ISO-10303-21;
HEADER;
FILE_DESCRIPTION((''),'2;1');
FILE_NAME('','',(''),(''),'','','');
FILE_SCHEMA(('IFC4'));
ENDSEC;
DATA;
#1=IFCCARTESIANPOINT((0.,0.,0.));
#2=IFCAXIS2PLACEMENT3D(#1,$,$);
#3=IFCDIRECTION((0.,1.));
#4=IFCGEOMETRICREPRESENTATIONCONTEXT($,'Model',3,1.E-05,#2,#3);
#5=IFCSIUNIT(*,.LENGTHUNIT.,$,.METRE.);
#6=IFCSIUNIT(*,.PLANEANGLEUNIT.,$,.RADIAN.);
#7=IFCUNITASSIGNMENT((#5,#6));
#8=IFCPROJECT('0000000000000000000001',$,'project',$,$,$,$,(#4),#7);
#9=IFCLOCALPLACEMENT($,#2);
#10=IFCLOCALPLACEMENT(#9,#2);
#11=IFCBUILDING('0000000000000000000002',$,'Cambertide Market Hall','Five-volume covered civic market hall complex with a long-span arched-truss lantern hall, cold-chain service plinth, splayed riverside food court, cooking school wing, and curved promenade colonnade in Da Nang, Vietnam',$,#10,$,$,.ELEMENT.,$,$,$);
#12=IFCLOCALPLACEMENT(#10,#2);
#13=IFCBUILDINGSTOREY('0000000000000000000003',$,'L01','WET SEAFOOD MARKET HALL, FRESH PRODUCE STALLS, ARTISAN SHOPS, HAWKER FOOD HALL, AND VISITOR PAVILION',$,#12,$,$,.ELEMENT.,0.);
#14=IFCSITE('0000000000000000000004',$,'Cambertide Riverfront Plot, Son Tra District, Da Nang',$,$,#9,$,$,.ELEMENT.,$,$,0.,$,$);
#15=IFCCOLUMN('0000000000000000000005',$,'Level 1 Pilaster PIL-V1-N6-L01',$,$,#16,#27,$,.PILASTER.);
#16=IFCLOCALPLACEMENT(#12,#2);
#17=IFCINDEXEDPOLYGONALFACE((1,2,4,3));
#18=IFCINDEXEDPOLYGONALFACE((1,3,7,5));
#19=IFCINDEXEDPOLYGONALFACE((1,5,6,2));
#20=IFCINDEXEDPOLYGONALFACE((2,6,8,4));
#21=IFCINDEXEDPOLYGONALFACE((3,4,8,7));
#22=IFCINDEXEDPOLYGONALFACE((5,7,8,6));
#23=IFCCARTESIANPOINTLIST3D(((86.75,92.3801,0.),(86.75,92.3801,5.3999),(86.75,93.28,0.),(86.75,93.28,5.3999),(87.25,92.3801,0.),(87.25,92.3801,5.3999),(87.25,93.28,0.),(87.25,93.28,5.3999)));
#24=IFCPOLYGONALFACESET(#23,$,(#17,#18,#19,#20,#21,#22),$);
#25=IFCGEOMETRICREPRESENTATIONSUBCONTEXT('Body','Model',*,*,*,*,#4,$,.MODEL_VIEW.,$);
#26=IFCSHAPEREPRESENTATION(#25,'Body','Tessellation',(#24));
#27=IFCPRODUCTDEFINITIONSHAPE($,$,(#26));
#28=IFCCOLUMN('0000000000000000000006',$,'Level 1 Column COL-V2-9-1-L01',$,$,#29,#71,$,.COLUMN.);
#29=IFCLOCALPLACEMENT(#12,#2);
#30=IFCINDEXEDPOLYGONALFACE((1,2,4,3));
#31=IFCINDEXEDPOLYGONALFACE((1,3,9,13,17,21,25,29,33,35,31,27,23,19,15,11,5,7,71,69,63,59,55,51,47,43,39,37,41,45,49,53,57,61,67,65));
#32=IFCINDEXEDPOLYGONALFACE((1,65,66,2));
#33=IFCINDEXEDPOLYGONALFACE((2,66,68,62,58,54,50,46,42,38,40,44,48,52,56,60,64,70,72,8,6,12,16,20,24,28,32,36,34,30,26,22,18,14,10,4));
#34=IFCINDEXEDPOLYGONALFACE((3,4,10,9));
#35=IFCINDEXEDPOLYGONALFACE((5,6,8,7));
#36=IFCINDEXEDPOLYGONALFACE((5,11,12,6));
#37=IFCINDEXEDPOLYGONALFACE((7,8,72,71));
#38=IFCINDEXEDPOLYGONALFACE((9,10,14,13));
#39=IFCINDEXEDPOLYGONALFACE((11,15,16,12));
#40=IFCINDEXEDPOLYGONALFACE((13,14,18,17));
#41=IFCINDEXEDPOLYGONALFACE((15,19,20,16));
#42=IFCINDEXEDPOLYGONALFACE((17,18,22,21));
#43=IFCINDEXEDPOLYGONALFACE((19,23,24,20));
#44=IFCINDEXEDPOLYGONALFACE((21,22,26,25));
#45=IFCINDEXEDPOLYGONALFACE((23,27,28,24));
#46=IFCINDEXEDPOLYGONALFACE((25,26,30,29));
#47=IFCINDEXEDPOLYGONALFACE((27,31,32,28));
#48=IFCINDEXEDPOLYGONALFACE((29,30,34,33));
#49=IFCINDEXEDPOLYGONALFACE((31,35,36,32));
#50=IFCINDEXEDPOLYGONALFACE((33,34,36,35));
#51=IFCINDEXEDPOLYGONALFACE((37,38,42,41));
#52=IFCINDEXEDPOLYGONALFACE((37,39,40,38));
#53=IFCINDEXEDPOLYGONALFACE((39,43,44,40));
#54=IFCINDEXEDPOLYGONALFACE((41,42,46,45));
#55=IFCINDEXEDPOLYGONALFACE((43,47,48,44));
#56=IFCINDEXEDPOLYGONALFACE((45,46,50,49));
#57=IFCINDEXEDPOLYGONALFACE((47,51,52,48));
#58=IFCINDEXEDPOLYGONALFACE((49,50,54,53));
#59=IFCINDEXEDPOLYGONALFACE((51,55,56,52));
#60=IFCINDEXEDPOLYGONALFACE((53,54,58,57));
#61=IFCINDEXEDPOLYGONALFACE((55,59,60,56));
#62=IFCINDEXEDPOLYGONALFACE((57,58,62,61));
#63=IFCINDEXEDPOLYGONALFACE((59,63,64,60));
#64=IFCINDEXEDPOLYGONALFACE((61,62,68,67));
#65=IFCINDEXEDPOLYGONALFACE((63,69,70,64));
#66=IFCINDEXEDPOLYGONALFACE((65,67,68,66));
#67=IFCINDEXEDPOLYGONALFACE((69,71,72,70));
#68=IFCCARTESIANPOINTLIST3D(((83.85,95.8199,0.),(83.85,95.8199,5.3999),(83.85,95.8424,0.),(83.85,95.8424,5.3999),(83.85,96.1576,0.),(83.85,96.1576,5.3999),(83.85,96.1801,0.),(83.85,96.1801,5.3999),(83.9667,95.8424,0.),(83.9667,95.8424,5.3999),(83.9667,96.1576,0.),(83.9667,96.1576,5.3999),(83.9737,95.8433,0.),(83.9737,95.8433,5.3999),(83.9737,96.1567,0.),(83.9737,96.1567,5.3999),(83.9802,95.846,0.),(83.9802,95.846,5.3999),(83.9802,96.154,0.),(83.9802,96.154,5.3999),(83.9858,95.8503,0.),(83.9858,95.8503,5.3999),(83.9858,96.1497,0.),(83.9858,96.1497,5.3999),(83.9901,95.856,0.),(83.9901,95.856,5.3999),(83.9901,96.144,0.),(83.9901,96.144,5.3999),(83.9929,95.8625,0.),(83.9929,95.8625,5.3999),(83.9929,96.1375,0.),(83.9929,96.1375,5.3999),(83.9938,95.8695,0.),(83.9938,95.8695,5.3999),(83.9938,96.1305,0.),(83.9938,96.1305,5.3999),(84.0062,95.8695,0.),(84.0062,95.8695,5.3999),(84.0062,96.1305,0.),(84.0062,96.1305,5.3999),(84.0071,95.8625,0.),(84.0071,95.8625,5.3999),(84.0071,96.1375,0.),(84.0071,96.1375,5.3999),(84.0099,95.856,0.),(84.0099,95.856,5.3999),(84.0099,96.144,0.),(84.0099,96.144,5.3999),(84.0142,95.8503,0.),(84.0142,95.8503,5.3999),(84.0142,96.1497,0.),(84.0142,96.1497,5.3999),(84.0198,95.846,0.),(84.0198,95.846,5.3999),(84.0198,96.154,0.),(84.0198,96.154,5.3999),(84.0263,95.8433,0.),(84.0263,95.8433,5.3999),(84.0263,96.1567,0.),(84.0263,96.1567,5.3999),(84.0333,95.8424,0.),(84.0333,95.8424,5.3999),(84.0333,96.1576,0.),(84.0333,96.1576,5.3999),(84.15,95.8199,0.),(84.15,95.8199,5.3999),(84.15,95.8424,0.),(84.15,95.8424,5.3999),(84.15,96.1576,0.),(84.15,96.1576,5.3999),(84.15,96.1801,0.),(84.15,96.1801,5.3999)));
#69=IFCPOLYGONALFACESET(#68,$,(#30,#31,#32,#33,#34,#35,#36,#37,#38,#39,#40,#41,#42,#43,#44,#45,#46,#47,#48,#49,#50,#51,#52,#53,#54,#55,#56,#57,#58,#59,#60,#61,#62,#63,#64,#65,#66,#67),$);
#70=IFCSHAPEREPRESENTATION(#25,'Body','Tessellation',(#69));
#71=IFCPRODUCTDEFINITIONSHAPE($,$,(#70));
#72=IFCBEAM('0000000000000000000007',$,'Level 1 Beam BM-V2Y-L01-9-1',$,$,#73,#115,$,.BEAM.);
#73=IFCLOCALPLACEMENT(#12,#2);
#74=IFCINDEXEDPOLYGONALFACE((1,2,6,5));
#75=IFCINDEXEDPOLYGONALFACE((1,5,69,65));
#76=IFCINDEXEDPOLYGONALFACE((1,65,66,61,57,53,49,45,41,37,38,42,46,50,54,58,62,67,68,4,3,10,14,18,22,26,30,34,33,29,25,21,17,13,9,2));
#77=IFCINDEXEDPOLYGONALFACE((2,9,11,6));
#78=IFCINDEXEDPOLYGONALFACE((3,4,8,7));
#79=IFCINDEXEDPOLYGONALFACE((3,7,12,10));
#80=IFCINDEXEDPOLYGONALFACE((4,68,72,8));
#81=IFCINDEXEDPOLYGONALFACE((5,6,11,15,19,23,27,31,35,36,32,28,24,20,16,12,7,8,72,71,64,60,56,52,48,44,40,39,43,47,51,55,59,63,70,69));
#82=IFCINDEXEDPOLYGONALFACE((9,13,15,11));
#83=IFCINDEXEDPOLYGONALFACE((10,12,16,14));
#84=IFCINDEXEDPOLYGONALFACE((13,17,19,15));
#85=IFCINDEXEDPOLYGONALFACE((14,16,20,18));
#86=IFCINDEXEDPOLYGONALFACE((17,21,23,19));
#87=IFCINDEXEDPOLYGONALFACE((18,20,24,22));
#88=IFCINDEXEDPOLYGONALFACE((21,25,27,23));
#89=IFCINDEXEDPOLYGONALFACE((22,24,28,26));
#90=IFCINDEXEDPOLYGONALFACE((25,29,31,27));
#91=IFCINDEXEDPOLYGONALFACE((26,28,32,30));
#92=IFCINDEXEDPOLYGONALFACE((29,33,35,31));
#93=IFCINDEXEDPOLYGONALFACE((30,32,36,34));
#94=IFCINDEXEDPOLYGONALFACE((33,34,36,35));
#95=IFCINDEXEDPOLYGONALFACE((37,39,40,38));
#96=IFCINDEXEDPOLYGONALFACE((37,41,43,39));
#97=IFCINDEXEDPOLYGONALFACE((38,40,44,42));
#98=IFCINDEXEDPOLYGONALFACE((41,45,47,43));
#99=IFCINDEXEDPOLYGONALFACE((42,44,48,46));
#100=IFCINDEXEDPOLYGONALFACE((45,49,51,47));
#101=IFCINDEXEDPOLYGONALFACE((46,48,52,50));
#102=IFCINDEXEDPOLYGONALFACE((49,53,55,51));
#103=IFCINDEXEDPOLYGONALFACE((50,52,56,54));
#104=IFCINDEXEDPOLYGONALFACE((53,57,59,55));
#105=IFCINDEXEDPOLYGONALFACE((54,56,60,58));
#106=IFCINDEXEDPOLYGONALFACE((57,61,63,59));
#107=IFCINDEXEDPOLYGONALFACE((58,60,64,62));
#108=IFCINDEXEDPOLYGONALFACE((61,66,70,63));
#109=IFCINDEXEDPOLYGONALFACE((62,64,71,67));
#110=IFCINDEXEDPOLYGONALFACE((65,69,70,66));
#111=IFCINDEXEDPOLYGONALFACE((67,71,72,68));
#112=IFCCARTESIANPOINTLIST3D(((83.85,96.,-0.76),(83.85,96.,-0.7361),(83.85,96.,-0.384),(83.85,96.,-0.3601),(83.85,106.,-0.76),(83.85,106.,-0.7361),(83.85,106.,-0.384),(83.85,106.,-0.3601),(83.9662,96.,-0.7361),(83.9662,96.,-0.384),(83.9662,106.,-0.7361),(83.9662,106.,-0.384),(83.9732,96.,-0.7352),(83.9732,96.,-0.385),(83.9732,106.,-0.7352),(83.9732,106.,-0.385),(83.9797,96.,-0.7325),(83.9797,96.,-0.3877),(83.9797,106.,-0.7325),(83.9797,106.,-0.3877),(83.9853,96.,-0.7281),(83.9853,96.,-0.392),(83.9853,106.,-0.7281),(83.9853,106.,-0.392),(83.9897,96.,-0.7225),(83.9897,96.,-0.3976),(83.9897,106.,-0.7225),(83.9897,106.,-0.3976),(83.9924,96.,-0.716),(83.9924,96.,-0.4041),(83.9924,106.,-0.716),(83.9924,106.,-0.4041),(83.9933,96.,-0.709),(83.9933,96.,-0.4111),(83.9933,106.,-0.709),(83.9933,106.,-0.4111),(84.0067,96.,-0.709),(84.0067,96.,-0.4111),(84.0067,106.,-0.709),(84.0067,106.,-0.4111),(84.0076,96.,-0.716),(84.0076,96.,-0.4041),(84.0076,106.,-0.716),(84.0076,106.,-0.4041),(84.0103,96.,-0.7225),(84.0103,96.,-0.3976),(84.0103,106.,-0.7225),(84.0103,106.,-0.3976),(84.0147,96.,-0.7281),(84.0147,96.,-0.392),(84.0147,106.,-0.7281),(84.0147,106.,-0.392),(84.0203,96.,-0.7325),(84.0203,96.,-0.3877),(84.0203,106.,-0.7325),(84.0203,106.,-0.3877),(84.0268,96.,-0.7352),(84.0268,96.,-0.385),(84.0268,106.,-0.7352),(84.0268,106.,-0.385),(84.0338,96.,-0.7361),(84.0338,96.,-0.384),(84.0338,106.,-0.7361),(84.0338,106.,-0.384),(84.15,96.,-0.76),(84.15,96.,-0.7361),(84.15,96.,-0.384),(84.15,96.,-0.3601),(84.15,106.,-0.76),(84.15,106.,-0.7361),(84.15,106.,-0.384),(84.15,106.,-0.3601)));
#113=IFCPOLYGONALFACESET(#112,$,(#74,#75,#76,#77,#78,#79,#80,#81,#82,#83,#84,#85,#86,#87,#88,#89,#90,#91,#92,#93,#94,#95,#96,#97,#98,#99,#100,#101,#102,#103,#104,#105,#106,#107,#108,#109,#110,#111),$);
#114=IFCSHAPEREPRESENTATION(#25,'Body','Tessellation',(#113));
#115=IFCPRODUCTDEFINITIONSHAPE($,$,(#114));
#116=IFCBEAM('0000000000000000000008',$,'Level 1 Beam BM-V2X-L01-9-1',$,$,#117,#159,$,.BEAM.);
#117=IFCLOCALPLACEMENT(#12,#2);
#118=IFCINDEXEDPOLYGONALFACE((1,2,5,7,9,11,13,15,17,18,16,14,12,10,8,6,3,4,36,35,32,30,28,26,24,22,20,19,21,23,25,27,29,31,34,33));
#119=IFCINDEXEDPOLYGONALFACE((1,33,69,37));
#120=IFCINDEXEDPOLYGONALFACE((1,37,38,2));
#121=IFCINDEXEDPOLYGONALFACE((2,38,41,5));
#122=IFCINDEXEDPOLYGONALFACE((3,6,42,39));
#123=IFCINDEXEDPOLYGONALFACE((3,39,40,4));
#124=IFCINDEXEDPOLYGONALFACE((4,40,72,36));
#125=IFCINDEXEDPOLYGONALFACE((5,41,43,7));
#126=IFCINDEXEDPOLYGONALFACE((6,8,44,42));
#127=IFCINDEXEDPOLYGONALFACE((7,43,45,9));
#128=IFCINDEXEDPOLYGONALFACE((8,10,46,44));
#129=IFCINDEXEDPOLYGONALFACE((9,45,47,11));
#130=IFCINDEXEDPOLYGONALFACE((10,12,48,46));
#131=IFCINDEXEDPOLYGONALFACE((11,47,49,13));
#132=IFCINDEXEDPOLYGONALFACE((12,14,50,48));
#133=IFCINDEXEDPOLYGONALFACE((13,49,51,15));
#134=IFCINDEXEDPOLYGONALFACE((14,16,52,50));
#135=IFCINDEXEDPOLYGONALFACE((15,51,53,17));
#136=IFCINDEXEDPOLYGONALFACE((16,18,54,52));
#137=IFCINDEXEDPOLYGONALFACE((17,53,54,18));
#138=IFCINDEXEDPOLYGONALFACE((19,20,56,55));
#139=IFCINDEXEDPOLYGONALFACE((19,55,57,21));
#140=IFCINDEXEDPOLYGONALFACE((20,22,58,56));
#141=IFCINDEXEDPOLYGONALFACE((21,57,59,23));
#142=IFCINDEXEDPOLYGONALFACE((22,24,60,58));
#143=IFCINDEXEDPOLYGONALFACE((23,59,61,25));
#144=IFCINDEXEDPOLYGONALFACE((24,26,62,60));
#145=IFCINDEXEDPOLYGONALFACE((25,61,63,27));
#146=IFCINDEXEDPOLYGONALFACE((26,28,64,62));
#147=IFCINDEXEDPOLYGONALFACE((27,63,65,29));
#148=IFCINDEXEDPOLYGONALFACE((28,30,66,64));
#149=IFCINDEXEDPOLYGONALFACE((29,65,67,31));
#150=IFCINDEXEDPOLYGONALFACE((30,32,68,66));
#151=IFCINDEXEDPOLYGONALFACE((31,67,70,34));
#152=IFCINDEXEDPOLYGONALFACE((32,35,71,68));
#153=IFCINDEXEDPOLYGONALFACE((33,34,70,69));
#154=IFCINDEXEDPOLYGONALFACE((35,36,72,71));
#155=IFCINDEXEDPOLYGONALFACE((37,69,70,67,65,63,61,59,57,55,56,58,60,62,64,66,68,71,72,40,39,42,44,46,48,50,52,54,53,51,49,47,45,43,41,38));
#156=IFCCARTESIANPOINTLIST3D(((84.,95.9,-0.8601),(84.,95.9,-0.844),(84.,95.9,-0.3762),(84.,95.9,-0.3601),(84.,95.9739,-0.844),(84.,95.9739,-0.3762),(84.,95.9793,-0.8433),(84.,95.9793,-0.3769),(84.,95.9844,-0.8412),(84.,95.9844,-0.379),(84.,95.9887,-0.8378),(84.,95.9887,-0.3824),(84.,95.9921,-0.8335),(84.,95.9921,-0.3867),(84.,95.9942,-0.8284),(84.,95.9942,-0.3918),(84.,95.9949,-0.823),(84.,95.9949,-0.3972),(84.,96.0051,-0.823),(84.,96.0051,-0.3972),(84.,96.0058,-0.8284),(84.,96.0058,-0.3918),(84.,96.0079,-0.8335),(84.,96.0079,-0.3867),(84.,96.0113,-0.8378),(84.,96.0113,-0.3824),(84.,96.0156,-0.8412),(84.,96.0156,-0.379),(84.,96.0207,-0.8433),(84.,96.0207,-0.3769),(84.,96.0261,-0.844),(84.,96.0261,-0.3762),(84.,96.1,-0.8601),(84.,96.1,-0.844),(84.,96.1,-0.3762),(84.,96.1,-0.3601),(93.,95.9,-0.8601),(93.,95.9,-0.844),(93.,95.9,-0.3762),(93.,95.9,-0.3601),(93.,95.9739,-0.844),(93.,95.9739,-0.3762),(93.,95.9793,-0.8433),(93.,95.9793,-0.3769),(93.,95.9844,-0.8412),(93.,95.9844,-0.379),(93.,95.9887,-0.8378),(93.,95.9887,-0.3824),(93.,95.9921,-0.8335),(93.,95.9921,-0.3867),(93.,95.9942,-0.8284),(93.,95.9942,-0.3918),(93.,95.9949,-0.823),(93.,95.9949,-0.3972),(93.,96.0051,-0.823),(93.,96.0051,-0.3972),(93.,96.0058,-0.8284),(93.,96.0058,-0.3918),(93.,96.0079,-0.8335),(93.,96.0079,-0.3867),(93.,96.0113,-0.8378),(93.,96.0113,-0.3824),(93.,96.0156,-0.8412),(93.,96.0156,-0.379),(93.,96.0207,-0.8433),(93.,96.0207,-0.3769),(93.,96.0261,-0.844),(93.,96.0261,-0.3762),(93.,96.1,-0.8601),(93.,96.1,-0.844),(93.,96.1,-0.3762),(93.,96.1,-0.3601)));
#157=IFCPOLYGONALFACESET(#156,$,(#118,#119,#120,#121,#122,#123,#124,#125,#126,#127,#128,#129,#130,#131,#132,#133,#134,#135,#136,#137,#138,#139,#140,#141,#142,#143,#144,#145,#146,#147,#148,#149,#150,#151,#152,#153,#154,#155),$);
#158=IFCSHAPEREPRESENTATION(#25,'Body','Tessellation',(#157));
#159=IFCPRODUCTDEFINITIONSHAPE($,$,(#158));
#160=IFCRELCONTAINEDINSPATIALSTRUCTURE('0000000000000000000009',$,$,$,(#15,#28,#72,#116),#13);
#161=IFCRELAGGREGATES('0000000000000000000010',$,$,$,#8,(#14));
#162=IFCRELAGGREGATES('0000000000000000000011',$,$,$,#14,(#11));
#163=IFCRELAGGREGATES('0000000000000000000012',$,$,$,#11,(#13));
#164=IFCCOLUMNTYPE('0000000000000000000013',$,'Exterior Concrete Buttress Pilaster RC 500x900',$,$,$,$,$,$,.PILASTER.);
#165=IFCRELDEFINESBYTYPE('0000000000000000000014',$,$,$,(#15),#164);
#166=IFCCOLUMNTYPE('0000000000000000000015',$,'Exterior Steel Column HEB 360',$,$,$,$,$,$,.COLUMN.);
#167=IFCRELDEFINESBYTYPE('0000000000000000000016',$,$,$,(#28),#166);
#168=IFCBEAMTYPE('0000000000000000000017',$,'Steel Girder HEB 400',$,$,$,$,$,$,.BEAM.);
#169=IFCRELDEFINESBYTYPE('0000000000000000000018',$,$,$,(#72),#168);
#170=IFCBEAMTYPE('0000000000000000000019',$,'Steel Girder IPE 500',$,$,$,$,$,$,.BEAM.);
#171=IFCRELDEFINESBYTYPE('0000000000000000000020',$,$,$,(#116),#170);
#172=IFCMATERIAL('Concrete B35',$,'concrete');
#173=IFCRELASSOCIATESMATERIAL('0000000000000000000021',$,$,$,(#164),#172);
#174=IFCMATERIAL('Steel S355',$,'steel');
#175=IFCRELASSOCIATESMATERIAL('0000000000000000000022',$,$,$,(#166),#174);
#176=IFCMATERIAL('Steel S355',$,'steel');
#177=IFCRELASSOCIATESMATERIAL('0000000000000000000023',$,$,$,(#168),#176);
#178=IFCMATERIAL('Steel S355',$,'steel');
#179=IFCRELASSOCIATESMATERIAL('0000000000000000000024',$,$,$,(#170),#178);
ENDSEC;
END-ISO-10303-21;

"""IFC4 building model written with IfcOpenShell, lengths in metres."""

from ifc_helpers import new_model, si_unit, direction, frame, origin, origin_2d, place, context, subcontext, project, spatial, rectangle, i_section, extrude, material, material_profile, profile_set, type_object, element, save


model = new_model("IFC4")

# Units and contexts
model_context = context("Model", 3, precision=1e-05, world=origin(), true_north=direction((0.0, 1.0)))
body_context = subcontext(model_context, "Body", "Model", "MODEL_VIEW")
ifc_project = project(units=[si_unit("LENGTHUNIT", "METRE"), si_unit("PLANEANGLEUNIT", "RADIAN")], contexts=[model_context])

# Site, building, storey
site_placement = place(None, origin())
site = spatial("IfcSite", under=ifc_project, at=site_placement, Name="Cambertide Riverfront Plot, Son Tra District, Da Nang", CompositionType="ELEMENT", RefElevation=0.0)
building_placement = place(site_placement, origin())
building = spatial("IfcBuilding", under=site, at=building_placement, Name="Cambertide Market Hall", Description="Five-volume covered civic market hall complex with a long-span arched-truss lantern hall, cold-chain service plinth, splayed riverside food court, cooking school wing, and curved promenade colonnade in Da Nang, Vietnam", CompositionType="ELEMENT")
storey_placement = place(building_placement, origin())
storey = spatial("IfcBuildingStorey", under=building, at=storey_placement, Name="L01", Description="WET SEAFOOD MARKET HALL, FRESH PRODUCE STALLS, ARTISAN SHOPS, HAWKER FOOD HALL, AND VISITOR PAVILION", CompositionType="ELEMENT", Elevation=0.0)

# Columns
ifc_material_1 = material(Name="Concrete B35", Category="concrete")
ifc_material_profile_1 = material_profile(ifc_material_1, rectangle(XDim=0.5, YDim=0.8999, at=origin_2d()), Name="RC 500x900")
ifc_profile_set_1 = profile_set([ifc_material_profile_1], Name="Concrete B35")
column_type_1 = type_object("IfcColumnType", Name="Exterior Concrete Buttress Pilaster RC 500x900", PredefinedType="PILASTER", material=ifc_profile_set_1)
column_1_placement = place(storey_placement, frame((87.0, 92.8301, 0.0), z_axis=(0.0, 0.0, 1.0), x_axis=(1.0, 0.0, 0.0)))
element("IfcColumn", 1, at=column_1_placement, inside=storey, type_object=column_type_1, Name="Level 1 Pilaster PIL-V1-N6-L01", PredefinedType="PILASTER", context=body_context, shape_type="SweptSolid", body=[
    extrude(rectangle(XDim=0.5, YDim=0.8999, at=origin_2d()), origin(), (0.0, 0.0, 1.0), 5.3999),
])
ifc_material_2 = material(Name="Steel S355", Category="steel")
ifc_material_profile_2 = material_profile(ifc_material_2, i_section(OverallWidth=0.3, OverallDepth=0.3601, WebThickness=0.0125, FlangeThickness=0.0225, FilletRadius=0.0271, at=origin_2d()), Name="HEB 360")
ifc_profile_set_2 = profile_set([ifc_material_profile_2], Name="Steel S355")
column_type_2 = type_object("IfcColumnType", Name="Exterior Steel Column HEB 360", PredefinedType="COLUMN", material=ifc_profile_set_2)
column_2_placement = place(storey_placement, frame((84.0, 96.0, 0.0), z_axis=(0.0, 0.0, 1.0), x_axis=(1.0, 0.0, 0.0)))
element("IfcColumn", 2, at=column_2_placement, inside=storey, type_object=column_type_2, Name="Level 1 Column COL-V2-9-1-L01", PredefinedType="COLUMN", context=body_context, shape_type="SweptSolid", body=[
    extrude(i_section(OverallWidth=0.3, OverallDepth=0.3601, WebThickness=0.0125, FlangeThickness=0.0225, FilletRadius=0.0271, at=origin_2d()), origin(), (0.0, 0.0, 1.0), 5.3999),
])

# Beams
ifc_material_3 = material(Name="Steel S355", Category="steel")
ifc_material_profile_3 = material_profile(ifc_material_3, i_section(OverallWidth=0.3, OverallDepth=0.3999, WebThickness=0.0134, FlangeThickness=0.0239, FilletRadius=0.0271, at=origin_2d()), Name="HEB 400")
ifc_profile_set_3 = profile_set([ifc_material_profile_3], Name="Steel S355")
beam_type_1 = type_object("IfcBeamType", Name="Steel Girder HEB 400", PredefinedType="BEAM", material=ifc_profile_set_3)
beam_1_placement = place(storey_placement, frame((84.0, 96.0, -0.5601), z_axis=(0.0, 1.0, 0.0), x_axis=(-1.0, 0.0, 0.0)))
element("IfcBeam", 3, at=beam_1_placement, inside=storey, type_object=beam_type_1, Name="Level 1 Beam BM-V2Y-L01-9-1", PredefinedType="BEAM", context=body_context, shape_type="SweptSolid", body=[
    extrude(i_section(OverallWidth=0.3, OverallDepth=0.3999, WebThickness=0.0134, FlangeThickness=0.0239, FilletRadius=0.0271, at=origin_2d()), origin(), (0.0, 0.0, 1.0), 10.0),
])
ifc_material_4 = material(Name="Steel S355", Category="steel")
ifc_material_profile_4 = material_profile(ifc_material_4, i_section(OverallWidth=0.2, OverallDepth=0.5, WebThickness=0.0103, FlangeThickness=0.0161, FilletRadius=0.021, at=origin_2d()), Name="IPE 500")
ifc_profile_set_4 = profile_set([ifc_material_profile_4], Name="Steel S355")
beam_type_2 = type_object("IfcBeamType", Name="Steel Girder IPE 500", PredefinedType="BEAM", material=ifc_profile_set_4)
beam_2_placement = place(storey_placement, frame((84.0, 96.0, -0.6101), z_axis=(1.0, 0.0, 0.0), x_axis=(0.0, 1.0, 0.0)))
element("IfcBeam", 4, at=beam_2_placement, inside=storey, type_object=beam_type_2, Name="Level 1 Beam BM-V2X-L01-9-1", PredefinedType="BEAM", context=body_context, shape_type="SweptSolid", body=[
    extrude(i_section(OverallWidth=0.2, OverallDepth=0.5, WebThickness=0.0103, FlangeThickness=0.0161, FilletRadius=0.021, at=origin_2d()), origin(), (0.0, 0.0, 1.0), 9.0),
])

save(model, "model.ifc")
